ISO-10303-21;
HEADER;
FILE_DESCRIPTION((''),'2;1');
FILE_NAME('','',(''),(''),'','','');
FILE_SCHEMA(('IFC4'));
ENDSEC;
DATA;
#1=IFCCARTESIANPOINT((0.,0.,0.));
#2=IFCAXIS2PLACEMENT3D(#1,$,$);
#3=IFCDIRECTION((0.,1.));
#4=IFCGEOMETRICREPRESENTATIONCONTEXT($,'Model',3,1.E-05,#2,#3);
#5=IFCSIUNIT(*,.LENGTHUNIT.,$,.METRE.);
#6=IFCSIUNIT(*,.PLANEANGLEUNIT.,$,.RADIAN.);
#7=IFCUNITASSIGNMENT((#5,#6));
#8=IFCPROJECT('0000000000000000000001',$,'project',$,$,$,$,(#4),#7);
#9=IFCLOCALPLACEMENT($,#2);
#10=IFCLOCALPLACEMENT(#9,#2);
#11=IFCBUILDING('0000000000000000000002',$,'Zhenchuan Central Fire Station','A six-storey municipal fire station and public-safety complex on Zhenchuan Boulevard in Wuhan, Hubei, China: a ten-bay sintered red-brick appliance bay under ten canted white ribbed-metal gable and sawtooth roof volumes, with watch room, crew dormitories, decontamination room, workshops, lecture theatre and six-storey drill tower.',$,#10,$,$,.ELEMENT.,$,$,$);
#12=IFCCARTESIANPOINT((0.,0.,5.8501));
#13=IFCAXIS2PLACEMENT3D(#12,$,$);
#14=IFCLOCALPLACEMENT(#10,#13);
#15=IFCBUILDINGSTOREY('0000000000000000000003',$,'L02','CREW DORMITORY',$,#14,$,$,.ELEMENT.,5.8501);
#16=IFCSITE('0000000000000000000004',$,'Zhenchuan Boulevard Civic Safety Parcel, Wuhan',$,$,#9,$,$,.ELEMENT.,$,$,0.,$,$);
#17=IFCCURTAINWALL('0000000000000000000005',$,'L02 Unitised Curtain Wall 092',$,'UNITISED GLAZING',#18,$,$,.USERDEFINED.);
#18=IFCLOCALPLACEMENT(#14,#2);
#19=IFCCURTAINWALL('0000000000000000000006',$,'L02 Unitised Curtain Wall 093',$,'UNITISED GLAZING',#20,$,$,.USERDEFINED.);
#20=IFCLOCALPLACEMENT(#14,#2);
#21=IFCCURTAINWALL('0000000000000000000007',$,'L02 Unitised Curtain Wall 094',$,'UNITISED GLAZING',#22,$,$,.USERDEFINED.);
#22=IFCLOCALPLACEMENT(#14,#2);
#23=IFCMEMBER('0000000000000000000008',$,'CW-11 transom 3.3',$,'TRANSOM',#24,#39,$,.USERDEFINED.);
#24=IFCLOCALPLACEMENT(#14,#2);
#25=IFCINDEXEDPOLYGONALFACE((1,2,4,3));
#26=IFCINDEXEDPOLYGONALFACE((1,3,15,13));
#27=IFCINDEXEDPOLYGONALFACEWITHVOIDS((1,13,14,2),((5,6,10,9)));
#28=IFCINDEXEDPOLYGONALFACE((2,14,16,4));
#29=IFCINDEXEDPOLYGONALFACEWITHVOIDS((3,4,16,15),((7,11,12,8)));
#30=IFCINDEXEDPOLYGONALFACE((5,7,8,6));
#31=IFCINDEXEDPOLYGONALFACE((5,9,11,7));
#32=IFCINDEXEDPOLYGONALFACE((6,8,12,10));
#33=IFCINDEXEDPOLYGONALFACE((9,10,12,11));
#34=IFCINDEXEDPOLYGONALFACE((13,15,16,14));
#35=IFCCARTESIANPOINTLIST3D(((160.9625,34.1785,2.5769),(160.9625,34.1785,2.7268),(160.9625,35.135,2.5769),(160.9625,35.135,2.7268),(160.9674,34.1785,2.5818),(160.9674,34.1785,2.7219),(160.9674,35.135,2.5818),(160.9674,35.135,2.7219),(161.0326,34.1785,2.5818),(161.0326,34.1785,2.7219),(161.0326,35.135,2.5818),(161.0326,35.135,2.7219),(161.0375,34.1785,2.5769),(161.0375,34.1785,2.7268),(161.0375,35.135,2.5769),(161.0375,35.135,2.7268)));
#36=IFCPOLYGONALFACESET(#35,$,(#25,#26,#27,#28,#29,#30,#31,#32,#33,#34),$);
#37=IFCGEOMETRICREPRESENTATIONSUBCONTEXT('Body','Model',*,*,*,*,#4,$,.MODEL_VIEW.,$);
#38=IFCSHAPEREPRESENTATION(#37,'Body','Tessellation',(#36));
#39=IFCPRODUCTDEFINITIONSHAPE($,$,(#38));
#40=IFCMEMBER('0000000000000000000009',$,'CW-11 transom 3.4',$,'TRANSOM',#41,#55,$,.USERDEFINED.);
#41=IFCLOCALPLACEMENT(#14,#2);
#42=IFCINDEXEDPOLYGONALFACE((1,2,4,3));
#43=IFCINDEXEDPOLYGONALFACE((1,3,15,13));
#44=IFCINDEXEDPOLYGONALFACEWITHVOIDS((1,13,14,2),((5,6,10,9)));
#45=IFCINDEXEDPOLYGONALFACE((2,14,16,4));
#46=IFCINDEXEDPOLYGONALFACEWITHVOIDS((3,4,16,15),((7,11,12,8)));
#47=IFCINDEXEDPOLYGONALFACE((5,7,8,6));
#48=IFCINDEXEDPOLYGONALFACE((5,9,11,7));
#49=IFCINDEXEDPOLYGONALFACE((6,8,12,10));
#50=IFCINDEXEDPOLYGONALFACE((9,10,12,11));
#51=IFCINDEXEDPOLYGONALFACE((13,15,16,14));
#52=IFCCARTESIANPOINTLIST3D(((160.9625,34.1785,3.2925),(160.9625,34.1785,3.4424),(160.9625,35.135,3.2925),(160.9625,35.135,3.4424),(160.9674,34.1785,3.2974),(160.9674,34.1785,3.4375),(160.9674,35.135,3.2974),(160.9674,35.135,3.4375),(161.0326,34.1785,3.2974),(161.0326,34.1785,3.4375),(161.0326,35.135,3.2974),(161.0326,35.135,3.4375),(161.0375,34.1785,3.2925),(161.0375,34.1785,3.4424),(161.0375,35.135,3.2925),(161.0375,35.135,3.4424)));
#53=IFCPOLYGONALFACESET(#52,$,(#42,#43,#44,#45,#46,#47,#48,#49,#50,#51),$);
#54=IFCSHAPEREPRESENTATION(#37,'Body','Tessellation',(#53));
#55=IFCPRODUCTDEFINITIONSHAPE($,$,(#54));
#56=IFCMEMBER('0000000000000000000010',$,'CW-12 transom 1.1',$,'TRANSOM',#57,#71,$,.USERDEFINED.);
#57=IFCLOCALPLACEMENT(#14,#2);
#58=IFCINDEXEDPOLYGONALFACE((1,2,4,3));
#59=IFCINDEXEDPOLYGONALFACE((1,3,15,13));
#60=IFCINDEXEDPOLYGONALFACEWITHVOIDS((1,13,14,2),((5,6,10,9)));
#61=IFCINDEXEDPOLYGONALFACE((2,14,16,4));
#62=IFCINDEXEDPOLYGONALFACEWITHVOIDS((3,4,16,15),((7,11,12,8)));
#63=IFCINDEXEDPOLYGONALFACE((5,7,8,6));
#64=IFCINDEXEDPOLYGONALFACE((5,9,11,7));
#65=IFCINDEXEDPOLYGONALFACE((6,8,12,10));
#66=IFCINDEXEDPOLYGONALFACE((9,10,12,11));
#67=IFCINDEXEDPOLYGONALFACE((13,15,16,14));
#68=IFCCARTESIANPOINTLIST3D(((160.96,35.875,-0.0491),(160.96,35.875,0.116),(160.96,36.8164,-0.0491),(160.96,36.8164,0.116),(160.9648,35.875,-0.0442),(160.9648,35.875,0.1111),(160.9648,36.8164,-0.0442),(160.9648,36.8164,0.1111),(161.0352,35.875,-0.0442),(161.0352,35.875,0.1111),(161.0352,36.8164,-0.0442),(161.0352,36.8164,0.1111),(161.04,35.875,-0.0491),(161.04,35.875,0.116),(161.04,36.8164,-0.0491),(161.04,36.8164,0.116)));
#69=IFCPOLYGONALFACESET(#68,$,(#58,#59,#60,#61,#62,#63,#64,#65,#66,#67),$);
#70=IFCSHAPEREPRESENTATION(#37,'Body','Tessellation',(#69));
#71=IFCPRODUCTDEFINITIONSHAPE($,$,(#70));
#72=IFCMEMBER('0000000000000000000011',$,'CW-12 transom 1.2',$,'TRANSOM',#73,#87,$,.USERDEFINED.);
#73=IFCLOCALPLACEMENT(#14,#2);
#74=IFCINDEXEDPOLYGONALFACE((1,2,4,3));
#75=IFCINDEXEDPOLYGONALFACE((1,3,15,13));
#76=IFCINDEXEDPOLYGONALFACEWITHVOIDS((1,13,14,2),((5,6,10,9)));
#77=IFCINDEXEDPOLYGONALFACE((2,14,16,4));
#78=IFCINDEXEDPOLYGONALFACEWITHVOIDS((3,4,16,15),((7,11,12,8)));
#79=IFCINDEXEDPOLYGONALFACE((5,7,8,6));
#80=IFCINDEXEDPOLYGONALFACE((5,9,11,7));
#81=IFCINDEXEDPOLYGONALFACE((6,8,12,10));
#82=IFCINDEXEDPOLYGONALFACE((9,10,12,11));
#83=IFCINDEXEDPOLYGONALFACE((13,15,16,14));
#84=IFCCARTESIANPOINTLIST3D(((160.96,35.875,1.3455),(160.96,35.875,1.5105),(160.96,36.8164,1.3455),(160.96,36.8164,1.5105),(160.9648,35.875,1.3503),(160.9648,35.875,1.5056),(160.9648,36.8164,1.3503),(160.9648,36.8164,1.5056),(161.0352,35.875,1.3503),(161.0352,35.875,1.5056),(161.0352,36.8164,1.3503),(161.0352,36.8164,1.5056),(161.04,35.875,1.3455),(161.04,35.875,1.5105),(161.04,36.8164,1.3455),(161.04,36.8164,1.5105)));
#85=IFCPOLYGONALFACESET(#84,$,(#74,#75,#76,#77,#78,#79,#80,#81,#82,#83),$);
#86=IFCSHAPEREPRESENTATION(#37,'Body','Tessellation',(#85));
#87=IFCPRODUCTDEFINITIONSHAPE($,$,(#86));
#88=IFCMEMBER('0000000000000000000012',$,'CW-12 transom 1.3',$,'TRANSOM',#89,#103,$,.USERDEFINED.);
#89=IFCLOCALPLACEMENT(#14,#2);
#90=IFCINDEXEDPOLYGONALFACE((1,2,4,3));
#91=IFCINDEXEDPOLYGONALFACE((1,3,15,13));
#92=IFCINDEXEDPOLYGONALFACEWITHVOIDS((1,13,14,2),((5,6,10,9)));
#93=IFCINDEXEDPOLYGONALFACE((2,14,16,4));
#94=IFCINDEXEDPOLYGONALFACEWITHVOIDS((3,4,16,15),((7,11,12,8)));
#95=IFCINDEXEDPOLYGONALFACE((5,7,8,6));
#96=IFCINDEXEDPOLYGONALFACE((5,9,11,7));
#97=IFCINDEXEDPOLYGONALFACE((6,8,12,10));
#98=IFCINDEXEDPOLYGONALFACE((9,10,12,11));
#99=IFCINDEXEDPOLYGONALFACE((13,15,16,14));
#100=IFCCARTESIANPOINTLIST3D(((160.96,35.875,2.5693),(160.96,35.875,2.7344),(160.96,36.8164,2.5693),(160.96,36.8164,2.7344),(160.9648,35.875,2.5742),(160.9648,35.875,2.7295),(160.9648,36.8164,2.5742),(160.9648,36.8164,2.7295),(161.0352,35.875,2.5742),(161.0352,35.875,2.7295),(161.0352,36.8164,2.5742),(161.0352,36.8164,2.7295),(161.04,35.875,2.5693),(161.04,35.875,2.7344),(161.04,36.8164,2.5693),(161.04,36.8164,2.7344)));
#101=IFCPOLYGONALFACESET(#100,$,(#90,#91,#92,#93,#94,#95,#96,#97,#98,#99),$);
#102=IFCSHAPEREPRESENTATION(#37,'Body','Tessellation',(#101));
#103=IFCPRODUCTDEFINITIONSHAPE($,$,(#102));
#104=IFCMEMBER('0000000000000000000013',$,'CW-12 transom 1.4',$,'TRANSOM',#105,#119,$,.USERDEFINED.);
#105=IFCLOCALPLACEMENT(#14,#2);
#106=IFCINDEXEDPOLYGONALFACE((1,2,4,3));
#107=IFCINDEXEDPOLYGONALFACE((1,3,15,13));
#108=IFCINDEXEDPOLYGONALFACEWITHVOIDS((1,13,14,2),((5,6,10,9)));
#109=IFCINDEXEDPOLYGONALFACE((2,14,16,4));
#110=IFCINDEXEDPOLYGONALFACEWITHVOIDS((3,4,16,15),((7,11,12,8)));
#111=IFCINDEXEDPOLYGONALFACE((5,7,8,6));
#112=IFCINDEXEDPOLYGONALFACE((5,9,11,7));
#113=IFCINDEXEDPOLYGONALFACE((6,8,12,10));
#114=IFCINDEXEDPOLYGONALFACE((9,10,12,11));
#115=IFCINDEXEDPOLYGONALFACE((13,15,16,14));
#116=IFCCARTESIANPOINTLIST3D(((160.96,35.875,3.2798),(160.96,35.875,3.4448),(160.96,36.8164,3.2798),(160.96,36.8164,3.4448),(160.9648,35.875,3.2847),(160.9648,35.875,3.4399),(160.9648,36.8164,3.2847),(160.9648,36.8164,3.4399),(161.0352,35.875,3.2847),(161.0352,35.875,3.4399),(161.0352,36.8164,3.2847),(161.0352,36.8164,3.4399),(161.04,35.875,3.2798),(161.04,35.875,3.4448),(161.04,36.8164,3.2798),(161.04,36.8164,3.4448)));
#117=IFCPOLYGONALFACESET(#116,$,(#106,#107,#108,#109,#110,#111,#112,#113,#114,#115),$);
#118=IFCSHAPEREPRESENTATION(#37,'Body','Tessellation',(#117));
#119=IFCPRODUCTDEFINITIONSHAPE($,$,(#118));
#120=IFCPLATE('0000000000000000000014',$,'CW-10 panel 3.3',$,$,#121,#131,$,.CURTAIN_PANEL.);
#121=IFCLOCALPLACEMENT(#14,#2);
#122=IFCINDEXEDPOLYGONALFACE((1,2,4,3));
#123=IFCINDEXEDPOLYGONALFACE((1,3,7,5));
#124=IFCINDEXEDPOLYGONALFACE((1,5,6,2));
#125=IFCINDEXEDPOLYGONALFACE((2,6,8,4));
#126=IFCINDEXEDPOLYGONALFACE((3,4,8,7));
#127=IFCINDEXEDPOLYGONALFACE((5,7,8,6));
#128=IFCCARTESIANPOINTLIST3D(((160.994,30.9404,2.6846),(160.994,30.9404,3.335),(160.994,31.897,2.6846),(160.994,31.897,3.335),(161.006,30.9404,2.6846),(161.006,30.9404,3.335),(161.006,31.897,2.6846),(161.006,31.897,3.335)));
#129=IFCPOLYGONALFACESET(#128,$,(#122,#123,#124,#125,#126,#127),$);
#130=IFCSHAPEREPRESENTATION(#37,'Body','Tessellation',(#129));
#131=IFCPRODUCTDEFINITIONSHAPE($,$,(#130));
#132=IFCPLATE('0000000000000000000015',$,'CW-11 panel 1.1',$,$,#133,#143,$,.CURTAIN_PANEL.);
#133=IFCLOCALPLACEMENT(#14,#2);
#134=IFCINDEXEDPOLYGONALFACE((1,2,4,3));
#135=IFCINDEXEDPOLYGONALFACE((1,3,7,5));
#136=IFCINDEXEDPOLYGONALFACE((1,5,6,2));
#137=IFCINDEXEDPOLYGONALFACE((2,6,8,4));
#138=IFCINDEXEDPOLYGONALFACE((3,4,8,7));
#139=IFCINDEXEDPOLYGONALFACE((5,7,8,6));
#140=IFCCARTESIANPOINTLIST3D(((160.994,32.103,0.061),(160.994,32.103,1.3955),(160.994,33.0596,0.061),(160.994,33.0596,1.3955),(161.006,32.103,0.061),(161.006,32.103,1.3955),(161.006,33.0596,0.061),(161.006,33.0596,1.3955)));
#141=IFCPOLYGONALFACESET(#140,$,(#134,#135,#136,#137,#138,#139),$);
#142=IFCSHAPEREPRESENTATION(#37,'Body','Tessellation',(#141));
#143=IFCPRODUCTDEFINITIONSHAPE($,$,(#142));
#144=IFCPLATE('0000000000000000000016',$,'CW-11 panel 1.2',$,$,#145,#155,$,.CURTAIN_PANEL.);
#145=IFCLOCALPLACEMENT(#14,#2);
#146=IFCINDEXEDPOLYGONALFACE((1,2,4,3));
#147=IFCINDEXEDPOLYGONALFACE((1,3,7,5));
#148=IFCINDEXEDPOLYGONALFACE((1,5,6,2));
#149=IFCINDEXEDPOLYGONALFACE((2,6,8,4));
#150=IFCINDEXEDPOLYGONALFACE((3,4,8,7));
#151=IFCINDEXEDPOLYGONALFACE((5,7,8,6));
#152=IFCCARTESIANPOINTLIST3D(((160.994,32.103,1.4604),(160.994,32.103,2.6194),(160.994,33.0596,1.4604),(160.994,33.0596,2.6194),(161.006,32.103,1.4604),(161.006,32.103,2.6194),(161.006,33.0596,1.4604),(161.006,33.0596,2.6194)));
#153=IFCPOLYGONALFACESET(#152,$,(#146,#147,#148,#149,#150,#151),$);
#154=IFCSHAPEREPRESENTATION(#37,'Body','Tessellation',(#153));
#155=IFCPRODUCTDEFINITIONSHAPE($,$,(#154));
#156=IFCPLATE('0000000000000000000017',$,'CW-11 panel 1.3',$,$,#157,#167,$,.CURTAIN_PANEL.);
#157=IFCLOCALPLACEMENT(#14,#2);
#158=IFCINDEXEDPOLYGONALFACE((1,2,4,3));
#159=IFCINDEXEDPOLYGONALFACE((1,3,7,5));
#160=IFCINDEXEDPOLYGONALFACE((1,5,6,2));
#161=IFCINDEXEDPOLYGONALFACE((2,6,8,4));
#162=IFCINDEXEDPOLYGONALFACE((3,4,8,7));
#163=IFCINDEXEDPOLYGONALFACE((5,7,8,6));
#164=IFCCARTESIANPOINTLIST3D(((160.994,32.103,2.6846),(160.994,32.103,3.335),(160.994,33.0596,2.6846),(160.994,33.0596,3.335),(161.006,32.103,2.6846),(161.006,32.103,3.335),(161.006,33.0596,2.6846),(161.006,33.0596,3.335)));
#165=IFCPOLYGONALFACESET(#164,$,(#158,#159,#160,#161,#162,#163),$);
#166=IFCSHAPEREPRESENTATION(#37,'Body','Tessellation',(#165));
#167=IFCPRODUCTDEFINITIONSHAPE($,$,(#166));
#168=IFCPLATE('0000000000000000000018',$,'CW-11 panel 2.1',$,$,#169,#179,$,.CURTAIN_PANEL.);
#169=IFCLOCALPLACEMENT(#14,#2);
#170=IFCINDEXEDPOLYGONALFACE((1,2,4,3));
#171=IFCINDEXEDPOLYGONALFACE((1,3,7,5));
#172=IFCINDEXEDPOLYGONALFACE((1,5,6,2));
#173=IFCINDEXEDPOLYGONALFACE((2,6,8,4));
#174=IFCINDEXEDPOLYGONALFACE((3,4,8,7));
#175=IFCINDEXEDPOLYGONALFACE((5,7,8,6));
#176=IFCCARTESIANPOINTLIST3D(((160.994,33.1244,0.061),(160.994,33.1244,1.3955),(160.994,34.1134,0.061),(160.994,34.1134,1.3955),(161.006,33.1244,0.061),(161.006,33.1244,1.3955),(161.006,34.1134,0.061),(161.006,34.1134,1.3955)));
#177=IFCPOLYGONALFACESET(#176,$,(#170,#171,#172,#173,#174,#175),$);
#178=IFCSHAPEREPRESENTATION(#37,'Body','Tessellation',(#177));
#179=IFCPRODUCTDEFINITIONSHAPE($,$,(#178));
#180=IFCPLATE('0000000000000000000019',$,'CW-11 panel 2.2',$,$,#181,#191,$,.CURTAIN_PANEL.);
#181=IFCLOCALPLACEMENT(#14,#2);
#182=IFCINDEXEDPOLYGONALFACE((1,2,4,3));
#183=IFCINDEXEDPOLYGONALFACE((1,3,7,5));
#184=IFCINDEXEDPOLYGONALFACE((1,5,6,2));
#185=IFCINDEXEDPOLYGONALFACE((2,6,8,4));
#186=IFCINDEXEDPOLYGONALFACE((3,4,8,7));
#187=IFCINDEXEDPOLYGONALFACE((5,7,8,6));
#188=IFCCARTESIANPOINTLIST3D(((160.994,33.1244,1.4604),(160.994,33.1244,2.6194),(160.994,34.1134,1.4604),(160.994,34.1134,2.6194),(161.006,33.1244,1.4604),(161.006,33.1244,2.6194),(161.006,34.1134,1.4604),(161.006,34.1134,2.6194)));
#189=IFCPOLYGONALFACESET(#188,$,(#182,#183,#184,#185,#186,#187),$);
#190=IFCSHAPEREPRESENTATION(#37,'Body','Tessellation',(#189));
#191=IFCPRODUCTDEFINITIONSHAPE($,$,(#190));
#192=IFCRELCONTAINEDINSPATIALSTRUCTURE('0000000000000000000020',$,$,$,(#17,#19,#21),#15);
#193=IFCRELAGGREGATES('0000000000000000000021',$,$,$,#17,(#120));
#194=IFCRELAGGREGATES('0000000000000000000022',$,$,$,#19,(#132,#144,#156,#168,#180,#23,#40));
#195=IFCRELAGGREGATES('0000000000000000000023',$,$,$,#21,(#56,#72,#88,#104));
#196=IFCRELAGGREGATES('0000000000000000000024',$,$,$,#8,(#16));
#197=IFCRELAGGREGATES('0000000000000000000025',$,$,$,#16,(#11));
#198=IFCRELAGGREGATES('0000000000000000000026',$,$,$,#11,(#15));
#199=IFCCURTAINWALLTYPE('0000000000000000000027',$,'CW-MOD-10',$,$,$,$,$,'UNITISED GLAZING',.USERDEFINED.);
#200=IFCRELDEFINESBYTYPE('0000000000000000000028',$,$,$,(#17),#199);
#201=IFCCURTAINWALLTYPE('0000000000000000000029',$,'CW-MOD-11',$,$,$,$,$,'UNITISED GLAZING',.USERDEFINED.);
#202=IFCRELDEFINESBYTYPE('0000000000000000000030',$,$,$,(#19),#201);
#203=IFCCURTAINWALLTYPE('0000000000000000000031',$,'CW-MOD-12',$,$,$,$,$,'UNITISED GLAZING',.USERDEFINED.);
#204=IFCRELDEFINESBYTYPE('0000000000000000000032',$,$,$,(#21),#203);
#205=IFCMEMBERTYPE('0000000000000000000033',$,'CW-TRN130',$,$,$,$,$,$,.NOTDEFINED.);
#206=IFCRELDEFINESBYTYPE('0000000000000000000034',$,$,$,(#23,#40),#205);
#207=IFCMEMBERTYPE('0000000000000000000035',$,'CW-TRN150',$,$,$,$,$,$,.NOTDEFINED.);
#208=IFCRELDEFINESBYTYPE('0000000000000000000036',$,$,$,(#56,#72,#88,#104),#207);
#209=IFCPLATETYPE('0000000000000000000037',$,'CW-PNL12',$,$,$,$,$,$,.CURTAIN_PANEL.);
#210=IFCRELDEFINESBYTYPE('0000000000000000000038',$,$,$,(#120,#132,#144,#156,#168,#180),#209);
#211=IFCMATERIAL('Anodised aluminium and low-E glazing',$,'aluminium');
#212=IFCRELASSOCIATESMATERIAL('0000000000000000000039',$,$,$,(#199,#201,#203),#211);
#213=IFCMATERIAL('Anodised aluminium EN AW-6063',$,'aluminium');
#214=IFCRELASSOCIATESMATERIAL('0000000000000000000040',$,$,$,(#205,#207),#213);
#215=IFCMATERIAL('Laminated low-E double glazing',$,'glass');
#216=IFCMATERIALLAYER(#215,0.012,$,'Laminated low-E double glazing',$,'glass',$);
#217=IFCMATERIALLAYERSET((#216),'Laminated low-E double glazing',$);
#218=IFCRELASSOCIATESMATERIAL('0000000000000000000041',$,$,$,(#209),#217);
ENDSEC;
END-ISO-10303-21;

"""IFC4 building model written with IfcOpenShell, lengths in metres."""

from ifc_helpers import new_model, si_unit, direction, frame, origin, origin_2d, place, context, subcontext, project, spatial, rectangle, hollow_rectangle, extrude, material, layer, layer_set, material_profile, profile_set, type_object, element, aggregate, save


model = new_model("IFC4")

# Units and contexts
model_context = context("Model", 3, precision=1e-05, world=origin(), true_north=direction((0.0, 1.0)))
body_context = subcontext(model_context, "Body", "Model", "MODEL_VIEW")
ifc_project = project(units=[si_unit("LENGTHUNIT", "METRE"), si_unit("PLANEANGLEUNIT", "RADIAN")], contexts=[model_context])

# Site, building, storey
site_placement = place(None, origin())
site = spatial("IfcSite", under=ifc_project, at=site_placement, Name="Zhenchuan Boulevard Civic Safety Parcel, Wuhan", CompositionType="ELEMENT", RefElevation=0.0)
building_placement = place(site_placement, origin())
building = spatial("IfcBuilding", under=site, at=building_placement, Name="Zhenchuan Central Fire Station", Description="A six-storey municipal fire station and public-safety complex on Zhenchuan Boulevard in Wuhan, Hubei, China: a ten-bay sintered red-brick appliance bay under ten canted white ribbed-metal gable and sawtooth roof volumes, with watch room, crew dormitories, decontamination room, workshops, lecture theatre and six-storey drill tower.", CompositionType="ELEMENT")
storey_placement = place(building_placement, frame((0.0, 0.0, 5.8501)))
storey = spatial("IfcBuildingStorey", under=building, at=storey_placement, Name="L02", Description="CREW DORMITORY", CompositionType="ELEMENT", Elevation=5.8501)

# Curtain wall
ifc_material_1 = material(Name="Anodised aluminium and low-E glazing", Category="aluminium")
curtain_wall_type_1 = type_object("IfcCurtainWallType", Name="CW-MOD-10", ElementType="UNITISED GLAZING", PredefinedType="USERDEFINED", material=ifc_material_1)
curtain_wall_1_placement = place(storey_placement, origin())
curtain_wall_1 = element("IfcCurtainWall", 1, at=curtain_wall_1_placement, inside=storey, type_object=curtain_wall_type_1, Name="L02 Unitised Curtain Wall 092", ObjectType="UNITISED GLAZING", PredefinedType="USERDEFINED")
ifc_material_2 = material(Name="Anodised aluminium EN AW-6063", Category="aluminium")

# Curtain wall
curtain_wall_type_2 = type_object("IfcCurtainWallType", Name="CW-MOD-11", ElementType="UNITISED GLAZING", PredefinedType="USERDEFINED", material=ifc_material_1)
curtain_wall_2_placement = place(storey_placement, origin())
curtain_wall_2 = element("IfcCurtainWall", 2, at=curtain_wall_2_placement, inside=storey, type_object=curtain_wall_type_2, Name="L02 Unitised Curtain Wall 093", ObjectType="UNITISED GLAZING", PredefinedType="USERDEFINED")

# Curtain wall
curtain_wall_type_3 = type_object("IfcCurtainWallType", Name="CW-MOD-12", ElementType="UNITISED GLAZING", PredefinedType="USERDEFINED", material=ifc_material_1)
curtain_wall_3_placement = place(storey_placement, origin())
curtain_wall_3 = element("IfcCurtainWall", 3, at=curtain_wall_3_placement, inside=storey, type_object=curtain_wall_type_3, Name="L02 Unitised Curtain Wall 094", ObjectType="UNITISED GLAZING", PredefinedType="USERDEFINED")

# Members
ifc_material_profile_1 = material_profile(ifc_material_2, hollow_rectangle(XDim=0.075, YDim=0.1499, WallThickness=0.0049, at=origin_2d()), Name="ALU-T 150x75")
ifc_profile_set_1 = profile_set([ifc_material_profile_1], Name="Anodised aluminium EN AW-6063")
member_type_1 = type_object("IfcMemberType", Name="CW-TRN130", PredefinedType="NOTDEFINED", material=ifc_profile_set_1)
member_1_placement = place(storey_placement, frame((161.0, 34.1785, 2.6519), z_axis=(0.0, 1.0, 0.0), x_axis=(-1.0, 0.0, 0.0)))
member_1 = element("IfcMember", 4, at=member_1_placement, type_object=member_type_1, Name="CW-11 transom 3.3", ObjectType="TRANSOM", PredefinedType="USERDEFINED", context=body_context, shape_type="SweptSolid", body=[
    extrude(hollow_rectangle(XDim=0.075, YDim=0.1499, WallThickness=0.0049, at=origin_2d()), origin(), (0.0, 0.0, 1.0), 0.9565),
])
member_2_placement = place(storey_placement, frame((161.0, 34.1785, 3.3674), z_axis=(0.0, 1.0, 0.0), x_axis=(-1.0, 0.0, 0.0)))
member_2 = element("IfcMember", 5, at=member_2_placement, type_object=member_type_1, Name="CW-11 transom 3.4", ObjectType="TRANSOM", PredefinedType="USERDEFINED", context=body_context, shape_type="SweptSolid", body=[
    extrude(hollow_rectangle(XDim=0.075, YDim=0.1499, WallThickness=0.0049, at=origin_2d()), origin(), (0.0, 0.0, 1.0), 0.9565),
])
ifc_material_profile_2 = material_profile(ifc_material_2, hollow_rectangle(XDim=0.0801, YDim=0.165, WallThickness=0.0049, at=origin_2d()), Name="ALU-T 165x80")
ifc_profile_set_2 = profile_set([ifc_material_profile_2], Name="Anodised aluminium EN AW-6063")
member_type_2 = type_object("IfcMemberType", Name="CW-TRN150", PredefinedType="NOTDEFINED", material=ifc_profile_set_2)
member_3_placement = place(storey_placement, frame((161.0, 35.875, 0.0334), z_axis=(0.0, 1.0, 0.0), x_axis=(-1.0, 0.0, 0.0)))
member_3 = element("IfcMember", 6, at=member_3_placement, type_object=member_type_2, Name="CW-12 transom 1.1", ObjectType="TRANSOM", PredefinedType="USERDEFINED", context=body_context, shape_type="SweptSolid", body=[
    extrude(hollow_rectangle(XDim=0.0801, YDim=0.165, WallThickness=0.0049, at=origin_2d()), origin(), (0.0, 0.0, 1.0), 0.9414),
])
member_4_placement = place(storey_placement, frame((161.0, 35.875, 1.428), z_axis=(0.0, 1.0, 0.0), x_axis=(-1.0, 0.0, 0.0)))
member_4 = element("IfcMember", 7, at=member_4_placement, type_object=member_type_2, Name="CW-12 transom 1.2", ObjectType="TRANSOM", PredefinedType="USERDEFINED", context=body_context, shape_type="SweptSolid", body=[
    extrude(hollow_rectangle(XDim=0.0801, YDim=0.165, WallThickness=0.0049, at=origin_2d()), origin(), (0.0, 0.0, 1.0), 0.9414),
])
member_5_placement = place(storey_placement, frame((161.0, 35.875, 2.6519), z_axis=(0.0, 1.0, 0.0), x_axis=(-1.0, 0.0, 0.0)))
member_5 = element("IfcMember", 8, at=member_5_placement, type_object=member_type_2, Name="CW-12 transom 1.3", ObjectType="TRANSOM", PredefinedType="USERDEFINED", context=body_context, shape_type="SweptSolid", body=[
    extrude(hollow_rectangle(XDim=0.0801, YDim=0.165, WallThickness=0.0049, at=origin_2d()), origin(), (0.0, 0.0, 1.0), 0.9414),
])
member_6_placement = place(storey_placement, frame((161.0, 35.875, 3.3623), z_axis=(0.0, 1.0, 0.0), x_axis=(-1.0, 0.0, 0.0)))
member_6 = element("IfcMember", 9, at=member_6_placement, type_object=member_type_2, Name="CW-12 transom 1.4", ObjectType="TRANSOM", PredefinedType="USERDEFINED", context=body_context, shape_type="SweptSolid", body=[
    extrude(hollow_rectangle(XDim=0.0801, YDim=0.165, WallThickness=0.0049, at=origin_2d()), origin(), (0.0, 0.0, 1.0), 0.9414),
])

# Plates
ifc_material_3 = material(Name="Laminated low-E double glazing", Category="glass")
ifc_layer = layer(ifc_material_3, 0.012, Name="Laminated low-E double glazing", Category="glass")
ifc_layer_set = layer_set([ifc_layer], Name="Laminated low-E double glazing")
plate_type = type_object("IfcPlateType", Name="CW-PNL12", PredefinedType="CURTAIN_PANEL", material=ifc_layer_set)
plate_1_placement = place(storey_placement, frame((161.0, 31.4187, 2.6846), z_axis=(0.0, 0.0, 1.0), x_axis=(0.0, 1.0, 0.0)))
plate_1 = element("IfcPlate", 10, at=plate_1_placement, type_object=plate_type, Name="CW-10 panel 3.3", PredefinedType="CURTAIN_PANEL", context=body_context, shape_type="SweptSolid", body=[
    extrude(rectangle(XDim=0.9565, YDim=0.012, at=origin_2d()), origin(), (0.0, 0.0, 1.0), 0.6504),
])
aggregate(curtain_wall_1, [plate_1])
plate_2_placement = place(storey_placement, frame((161.0, 32.5813, 0.061), z_axis=(0.0, 0.0, 1.0), x_axis=(0.0, 1.0, 0.0)))
plate_2 = element("IfcPlate", 11, at=plate_2_placement, type_object=plate_type, Name="CW-11 panel 1.1", PredefinedType="CURTAIN_PANEL", context=body_context, shape_type="SweptSolid", body=[
    extrude(rectangle(XDim=0.9565, YDim=0.012, at=origin_2d()), origin(), (0.0, 0.0, 1.0), 1.3345),
])
plate_3_placement = place(storey_placement, frame((161.0, 32.5813, 1.4604), z_axis=(0.0, 0.0, 1.0), x_axis=(0.0, 1.0, 0.0)))
plate_3 = element("IfcPlate", 12, at=plate_3_placement, type_object=plate_type, Name="CW-11 panel 1.2", PredefinedType="CURTAIN_PANEL", context=body_context, shape_type="SweptSolid", body=[
    extrude(rectangle(XDim=0.9565, YDim=0.012, at=origin_2d()), origin(), (0.0, 0.0, 1.0), 1.1589),
])
plate_4_placement = place(storey_placement, frame((161.0, 32.5813, 2.6846), z_axis=(0.0, 0.0, 1.0), x_axis=(0.0, 1.0, 0.0)))
plate_4 = element("IfcPlate", 13, at=plate_4_placement, type_object=plate_type, Name="CW-11 panel 1.3", PredefinedType="CURTAIN_PANEL", context=body_context, shape_type="SweptSolid", body=[
    extrude(rectangle(XDim=0.9565, YDim=0.012, at=origin_2d()), origin(), (0.0, 0.0, 1.0), 0.6504),
])
plate_5_placement = place(storey_placement, frame((161.0, 33.6189, 0.061), z_axis=(0.0, 0.0, 1.0), x_axis=(0.0, 1.0, 0.0)))
plate_5 = element("IfcPlate", 14, at=plate_5_placement, type_object=plate_type, Name="CW-11 panel 2.1", PredefinedType="CURTAIN_PANEL", context=body_context, shape_type="SweptSolid", body=[
    extrude(rectangle(XDim=0.989, YDim=0.012, at=origin_2d()), origin(), (0.0, 0.0, 1.0), 1.3345),
])
plate_6_placement = place(storey_placement, frame((161.0, 33.6189, 1.4604), z_axis=(0.0, 0.0, 1.0), x_axis=(0.0, 1.0, 0.0)))
plate_6 = element("IfcPlate", 15, at=plate_6_placement, type_object=plate_type, Name="CW-11 panel 2.2", PredefinedType="CURTAIN_PANEL", context=body_context, shape_type="SweptSolid", body=[
    extrude(rectangle(XDim=0.989, YDim=0.012, at=origin_2d()), origin(), (0.0, 0.0, 1.0), 1.1589),
])
aggregate(curtain_wall_2, [plate_2, plate_3, plate_4, plate_5, plate_6, member_1, member_2])
aggregate(curtain_wall_3, [member_3, member_4, member_5, member_6])

save(model, "model.ifc")
